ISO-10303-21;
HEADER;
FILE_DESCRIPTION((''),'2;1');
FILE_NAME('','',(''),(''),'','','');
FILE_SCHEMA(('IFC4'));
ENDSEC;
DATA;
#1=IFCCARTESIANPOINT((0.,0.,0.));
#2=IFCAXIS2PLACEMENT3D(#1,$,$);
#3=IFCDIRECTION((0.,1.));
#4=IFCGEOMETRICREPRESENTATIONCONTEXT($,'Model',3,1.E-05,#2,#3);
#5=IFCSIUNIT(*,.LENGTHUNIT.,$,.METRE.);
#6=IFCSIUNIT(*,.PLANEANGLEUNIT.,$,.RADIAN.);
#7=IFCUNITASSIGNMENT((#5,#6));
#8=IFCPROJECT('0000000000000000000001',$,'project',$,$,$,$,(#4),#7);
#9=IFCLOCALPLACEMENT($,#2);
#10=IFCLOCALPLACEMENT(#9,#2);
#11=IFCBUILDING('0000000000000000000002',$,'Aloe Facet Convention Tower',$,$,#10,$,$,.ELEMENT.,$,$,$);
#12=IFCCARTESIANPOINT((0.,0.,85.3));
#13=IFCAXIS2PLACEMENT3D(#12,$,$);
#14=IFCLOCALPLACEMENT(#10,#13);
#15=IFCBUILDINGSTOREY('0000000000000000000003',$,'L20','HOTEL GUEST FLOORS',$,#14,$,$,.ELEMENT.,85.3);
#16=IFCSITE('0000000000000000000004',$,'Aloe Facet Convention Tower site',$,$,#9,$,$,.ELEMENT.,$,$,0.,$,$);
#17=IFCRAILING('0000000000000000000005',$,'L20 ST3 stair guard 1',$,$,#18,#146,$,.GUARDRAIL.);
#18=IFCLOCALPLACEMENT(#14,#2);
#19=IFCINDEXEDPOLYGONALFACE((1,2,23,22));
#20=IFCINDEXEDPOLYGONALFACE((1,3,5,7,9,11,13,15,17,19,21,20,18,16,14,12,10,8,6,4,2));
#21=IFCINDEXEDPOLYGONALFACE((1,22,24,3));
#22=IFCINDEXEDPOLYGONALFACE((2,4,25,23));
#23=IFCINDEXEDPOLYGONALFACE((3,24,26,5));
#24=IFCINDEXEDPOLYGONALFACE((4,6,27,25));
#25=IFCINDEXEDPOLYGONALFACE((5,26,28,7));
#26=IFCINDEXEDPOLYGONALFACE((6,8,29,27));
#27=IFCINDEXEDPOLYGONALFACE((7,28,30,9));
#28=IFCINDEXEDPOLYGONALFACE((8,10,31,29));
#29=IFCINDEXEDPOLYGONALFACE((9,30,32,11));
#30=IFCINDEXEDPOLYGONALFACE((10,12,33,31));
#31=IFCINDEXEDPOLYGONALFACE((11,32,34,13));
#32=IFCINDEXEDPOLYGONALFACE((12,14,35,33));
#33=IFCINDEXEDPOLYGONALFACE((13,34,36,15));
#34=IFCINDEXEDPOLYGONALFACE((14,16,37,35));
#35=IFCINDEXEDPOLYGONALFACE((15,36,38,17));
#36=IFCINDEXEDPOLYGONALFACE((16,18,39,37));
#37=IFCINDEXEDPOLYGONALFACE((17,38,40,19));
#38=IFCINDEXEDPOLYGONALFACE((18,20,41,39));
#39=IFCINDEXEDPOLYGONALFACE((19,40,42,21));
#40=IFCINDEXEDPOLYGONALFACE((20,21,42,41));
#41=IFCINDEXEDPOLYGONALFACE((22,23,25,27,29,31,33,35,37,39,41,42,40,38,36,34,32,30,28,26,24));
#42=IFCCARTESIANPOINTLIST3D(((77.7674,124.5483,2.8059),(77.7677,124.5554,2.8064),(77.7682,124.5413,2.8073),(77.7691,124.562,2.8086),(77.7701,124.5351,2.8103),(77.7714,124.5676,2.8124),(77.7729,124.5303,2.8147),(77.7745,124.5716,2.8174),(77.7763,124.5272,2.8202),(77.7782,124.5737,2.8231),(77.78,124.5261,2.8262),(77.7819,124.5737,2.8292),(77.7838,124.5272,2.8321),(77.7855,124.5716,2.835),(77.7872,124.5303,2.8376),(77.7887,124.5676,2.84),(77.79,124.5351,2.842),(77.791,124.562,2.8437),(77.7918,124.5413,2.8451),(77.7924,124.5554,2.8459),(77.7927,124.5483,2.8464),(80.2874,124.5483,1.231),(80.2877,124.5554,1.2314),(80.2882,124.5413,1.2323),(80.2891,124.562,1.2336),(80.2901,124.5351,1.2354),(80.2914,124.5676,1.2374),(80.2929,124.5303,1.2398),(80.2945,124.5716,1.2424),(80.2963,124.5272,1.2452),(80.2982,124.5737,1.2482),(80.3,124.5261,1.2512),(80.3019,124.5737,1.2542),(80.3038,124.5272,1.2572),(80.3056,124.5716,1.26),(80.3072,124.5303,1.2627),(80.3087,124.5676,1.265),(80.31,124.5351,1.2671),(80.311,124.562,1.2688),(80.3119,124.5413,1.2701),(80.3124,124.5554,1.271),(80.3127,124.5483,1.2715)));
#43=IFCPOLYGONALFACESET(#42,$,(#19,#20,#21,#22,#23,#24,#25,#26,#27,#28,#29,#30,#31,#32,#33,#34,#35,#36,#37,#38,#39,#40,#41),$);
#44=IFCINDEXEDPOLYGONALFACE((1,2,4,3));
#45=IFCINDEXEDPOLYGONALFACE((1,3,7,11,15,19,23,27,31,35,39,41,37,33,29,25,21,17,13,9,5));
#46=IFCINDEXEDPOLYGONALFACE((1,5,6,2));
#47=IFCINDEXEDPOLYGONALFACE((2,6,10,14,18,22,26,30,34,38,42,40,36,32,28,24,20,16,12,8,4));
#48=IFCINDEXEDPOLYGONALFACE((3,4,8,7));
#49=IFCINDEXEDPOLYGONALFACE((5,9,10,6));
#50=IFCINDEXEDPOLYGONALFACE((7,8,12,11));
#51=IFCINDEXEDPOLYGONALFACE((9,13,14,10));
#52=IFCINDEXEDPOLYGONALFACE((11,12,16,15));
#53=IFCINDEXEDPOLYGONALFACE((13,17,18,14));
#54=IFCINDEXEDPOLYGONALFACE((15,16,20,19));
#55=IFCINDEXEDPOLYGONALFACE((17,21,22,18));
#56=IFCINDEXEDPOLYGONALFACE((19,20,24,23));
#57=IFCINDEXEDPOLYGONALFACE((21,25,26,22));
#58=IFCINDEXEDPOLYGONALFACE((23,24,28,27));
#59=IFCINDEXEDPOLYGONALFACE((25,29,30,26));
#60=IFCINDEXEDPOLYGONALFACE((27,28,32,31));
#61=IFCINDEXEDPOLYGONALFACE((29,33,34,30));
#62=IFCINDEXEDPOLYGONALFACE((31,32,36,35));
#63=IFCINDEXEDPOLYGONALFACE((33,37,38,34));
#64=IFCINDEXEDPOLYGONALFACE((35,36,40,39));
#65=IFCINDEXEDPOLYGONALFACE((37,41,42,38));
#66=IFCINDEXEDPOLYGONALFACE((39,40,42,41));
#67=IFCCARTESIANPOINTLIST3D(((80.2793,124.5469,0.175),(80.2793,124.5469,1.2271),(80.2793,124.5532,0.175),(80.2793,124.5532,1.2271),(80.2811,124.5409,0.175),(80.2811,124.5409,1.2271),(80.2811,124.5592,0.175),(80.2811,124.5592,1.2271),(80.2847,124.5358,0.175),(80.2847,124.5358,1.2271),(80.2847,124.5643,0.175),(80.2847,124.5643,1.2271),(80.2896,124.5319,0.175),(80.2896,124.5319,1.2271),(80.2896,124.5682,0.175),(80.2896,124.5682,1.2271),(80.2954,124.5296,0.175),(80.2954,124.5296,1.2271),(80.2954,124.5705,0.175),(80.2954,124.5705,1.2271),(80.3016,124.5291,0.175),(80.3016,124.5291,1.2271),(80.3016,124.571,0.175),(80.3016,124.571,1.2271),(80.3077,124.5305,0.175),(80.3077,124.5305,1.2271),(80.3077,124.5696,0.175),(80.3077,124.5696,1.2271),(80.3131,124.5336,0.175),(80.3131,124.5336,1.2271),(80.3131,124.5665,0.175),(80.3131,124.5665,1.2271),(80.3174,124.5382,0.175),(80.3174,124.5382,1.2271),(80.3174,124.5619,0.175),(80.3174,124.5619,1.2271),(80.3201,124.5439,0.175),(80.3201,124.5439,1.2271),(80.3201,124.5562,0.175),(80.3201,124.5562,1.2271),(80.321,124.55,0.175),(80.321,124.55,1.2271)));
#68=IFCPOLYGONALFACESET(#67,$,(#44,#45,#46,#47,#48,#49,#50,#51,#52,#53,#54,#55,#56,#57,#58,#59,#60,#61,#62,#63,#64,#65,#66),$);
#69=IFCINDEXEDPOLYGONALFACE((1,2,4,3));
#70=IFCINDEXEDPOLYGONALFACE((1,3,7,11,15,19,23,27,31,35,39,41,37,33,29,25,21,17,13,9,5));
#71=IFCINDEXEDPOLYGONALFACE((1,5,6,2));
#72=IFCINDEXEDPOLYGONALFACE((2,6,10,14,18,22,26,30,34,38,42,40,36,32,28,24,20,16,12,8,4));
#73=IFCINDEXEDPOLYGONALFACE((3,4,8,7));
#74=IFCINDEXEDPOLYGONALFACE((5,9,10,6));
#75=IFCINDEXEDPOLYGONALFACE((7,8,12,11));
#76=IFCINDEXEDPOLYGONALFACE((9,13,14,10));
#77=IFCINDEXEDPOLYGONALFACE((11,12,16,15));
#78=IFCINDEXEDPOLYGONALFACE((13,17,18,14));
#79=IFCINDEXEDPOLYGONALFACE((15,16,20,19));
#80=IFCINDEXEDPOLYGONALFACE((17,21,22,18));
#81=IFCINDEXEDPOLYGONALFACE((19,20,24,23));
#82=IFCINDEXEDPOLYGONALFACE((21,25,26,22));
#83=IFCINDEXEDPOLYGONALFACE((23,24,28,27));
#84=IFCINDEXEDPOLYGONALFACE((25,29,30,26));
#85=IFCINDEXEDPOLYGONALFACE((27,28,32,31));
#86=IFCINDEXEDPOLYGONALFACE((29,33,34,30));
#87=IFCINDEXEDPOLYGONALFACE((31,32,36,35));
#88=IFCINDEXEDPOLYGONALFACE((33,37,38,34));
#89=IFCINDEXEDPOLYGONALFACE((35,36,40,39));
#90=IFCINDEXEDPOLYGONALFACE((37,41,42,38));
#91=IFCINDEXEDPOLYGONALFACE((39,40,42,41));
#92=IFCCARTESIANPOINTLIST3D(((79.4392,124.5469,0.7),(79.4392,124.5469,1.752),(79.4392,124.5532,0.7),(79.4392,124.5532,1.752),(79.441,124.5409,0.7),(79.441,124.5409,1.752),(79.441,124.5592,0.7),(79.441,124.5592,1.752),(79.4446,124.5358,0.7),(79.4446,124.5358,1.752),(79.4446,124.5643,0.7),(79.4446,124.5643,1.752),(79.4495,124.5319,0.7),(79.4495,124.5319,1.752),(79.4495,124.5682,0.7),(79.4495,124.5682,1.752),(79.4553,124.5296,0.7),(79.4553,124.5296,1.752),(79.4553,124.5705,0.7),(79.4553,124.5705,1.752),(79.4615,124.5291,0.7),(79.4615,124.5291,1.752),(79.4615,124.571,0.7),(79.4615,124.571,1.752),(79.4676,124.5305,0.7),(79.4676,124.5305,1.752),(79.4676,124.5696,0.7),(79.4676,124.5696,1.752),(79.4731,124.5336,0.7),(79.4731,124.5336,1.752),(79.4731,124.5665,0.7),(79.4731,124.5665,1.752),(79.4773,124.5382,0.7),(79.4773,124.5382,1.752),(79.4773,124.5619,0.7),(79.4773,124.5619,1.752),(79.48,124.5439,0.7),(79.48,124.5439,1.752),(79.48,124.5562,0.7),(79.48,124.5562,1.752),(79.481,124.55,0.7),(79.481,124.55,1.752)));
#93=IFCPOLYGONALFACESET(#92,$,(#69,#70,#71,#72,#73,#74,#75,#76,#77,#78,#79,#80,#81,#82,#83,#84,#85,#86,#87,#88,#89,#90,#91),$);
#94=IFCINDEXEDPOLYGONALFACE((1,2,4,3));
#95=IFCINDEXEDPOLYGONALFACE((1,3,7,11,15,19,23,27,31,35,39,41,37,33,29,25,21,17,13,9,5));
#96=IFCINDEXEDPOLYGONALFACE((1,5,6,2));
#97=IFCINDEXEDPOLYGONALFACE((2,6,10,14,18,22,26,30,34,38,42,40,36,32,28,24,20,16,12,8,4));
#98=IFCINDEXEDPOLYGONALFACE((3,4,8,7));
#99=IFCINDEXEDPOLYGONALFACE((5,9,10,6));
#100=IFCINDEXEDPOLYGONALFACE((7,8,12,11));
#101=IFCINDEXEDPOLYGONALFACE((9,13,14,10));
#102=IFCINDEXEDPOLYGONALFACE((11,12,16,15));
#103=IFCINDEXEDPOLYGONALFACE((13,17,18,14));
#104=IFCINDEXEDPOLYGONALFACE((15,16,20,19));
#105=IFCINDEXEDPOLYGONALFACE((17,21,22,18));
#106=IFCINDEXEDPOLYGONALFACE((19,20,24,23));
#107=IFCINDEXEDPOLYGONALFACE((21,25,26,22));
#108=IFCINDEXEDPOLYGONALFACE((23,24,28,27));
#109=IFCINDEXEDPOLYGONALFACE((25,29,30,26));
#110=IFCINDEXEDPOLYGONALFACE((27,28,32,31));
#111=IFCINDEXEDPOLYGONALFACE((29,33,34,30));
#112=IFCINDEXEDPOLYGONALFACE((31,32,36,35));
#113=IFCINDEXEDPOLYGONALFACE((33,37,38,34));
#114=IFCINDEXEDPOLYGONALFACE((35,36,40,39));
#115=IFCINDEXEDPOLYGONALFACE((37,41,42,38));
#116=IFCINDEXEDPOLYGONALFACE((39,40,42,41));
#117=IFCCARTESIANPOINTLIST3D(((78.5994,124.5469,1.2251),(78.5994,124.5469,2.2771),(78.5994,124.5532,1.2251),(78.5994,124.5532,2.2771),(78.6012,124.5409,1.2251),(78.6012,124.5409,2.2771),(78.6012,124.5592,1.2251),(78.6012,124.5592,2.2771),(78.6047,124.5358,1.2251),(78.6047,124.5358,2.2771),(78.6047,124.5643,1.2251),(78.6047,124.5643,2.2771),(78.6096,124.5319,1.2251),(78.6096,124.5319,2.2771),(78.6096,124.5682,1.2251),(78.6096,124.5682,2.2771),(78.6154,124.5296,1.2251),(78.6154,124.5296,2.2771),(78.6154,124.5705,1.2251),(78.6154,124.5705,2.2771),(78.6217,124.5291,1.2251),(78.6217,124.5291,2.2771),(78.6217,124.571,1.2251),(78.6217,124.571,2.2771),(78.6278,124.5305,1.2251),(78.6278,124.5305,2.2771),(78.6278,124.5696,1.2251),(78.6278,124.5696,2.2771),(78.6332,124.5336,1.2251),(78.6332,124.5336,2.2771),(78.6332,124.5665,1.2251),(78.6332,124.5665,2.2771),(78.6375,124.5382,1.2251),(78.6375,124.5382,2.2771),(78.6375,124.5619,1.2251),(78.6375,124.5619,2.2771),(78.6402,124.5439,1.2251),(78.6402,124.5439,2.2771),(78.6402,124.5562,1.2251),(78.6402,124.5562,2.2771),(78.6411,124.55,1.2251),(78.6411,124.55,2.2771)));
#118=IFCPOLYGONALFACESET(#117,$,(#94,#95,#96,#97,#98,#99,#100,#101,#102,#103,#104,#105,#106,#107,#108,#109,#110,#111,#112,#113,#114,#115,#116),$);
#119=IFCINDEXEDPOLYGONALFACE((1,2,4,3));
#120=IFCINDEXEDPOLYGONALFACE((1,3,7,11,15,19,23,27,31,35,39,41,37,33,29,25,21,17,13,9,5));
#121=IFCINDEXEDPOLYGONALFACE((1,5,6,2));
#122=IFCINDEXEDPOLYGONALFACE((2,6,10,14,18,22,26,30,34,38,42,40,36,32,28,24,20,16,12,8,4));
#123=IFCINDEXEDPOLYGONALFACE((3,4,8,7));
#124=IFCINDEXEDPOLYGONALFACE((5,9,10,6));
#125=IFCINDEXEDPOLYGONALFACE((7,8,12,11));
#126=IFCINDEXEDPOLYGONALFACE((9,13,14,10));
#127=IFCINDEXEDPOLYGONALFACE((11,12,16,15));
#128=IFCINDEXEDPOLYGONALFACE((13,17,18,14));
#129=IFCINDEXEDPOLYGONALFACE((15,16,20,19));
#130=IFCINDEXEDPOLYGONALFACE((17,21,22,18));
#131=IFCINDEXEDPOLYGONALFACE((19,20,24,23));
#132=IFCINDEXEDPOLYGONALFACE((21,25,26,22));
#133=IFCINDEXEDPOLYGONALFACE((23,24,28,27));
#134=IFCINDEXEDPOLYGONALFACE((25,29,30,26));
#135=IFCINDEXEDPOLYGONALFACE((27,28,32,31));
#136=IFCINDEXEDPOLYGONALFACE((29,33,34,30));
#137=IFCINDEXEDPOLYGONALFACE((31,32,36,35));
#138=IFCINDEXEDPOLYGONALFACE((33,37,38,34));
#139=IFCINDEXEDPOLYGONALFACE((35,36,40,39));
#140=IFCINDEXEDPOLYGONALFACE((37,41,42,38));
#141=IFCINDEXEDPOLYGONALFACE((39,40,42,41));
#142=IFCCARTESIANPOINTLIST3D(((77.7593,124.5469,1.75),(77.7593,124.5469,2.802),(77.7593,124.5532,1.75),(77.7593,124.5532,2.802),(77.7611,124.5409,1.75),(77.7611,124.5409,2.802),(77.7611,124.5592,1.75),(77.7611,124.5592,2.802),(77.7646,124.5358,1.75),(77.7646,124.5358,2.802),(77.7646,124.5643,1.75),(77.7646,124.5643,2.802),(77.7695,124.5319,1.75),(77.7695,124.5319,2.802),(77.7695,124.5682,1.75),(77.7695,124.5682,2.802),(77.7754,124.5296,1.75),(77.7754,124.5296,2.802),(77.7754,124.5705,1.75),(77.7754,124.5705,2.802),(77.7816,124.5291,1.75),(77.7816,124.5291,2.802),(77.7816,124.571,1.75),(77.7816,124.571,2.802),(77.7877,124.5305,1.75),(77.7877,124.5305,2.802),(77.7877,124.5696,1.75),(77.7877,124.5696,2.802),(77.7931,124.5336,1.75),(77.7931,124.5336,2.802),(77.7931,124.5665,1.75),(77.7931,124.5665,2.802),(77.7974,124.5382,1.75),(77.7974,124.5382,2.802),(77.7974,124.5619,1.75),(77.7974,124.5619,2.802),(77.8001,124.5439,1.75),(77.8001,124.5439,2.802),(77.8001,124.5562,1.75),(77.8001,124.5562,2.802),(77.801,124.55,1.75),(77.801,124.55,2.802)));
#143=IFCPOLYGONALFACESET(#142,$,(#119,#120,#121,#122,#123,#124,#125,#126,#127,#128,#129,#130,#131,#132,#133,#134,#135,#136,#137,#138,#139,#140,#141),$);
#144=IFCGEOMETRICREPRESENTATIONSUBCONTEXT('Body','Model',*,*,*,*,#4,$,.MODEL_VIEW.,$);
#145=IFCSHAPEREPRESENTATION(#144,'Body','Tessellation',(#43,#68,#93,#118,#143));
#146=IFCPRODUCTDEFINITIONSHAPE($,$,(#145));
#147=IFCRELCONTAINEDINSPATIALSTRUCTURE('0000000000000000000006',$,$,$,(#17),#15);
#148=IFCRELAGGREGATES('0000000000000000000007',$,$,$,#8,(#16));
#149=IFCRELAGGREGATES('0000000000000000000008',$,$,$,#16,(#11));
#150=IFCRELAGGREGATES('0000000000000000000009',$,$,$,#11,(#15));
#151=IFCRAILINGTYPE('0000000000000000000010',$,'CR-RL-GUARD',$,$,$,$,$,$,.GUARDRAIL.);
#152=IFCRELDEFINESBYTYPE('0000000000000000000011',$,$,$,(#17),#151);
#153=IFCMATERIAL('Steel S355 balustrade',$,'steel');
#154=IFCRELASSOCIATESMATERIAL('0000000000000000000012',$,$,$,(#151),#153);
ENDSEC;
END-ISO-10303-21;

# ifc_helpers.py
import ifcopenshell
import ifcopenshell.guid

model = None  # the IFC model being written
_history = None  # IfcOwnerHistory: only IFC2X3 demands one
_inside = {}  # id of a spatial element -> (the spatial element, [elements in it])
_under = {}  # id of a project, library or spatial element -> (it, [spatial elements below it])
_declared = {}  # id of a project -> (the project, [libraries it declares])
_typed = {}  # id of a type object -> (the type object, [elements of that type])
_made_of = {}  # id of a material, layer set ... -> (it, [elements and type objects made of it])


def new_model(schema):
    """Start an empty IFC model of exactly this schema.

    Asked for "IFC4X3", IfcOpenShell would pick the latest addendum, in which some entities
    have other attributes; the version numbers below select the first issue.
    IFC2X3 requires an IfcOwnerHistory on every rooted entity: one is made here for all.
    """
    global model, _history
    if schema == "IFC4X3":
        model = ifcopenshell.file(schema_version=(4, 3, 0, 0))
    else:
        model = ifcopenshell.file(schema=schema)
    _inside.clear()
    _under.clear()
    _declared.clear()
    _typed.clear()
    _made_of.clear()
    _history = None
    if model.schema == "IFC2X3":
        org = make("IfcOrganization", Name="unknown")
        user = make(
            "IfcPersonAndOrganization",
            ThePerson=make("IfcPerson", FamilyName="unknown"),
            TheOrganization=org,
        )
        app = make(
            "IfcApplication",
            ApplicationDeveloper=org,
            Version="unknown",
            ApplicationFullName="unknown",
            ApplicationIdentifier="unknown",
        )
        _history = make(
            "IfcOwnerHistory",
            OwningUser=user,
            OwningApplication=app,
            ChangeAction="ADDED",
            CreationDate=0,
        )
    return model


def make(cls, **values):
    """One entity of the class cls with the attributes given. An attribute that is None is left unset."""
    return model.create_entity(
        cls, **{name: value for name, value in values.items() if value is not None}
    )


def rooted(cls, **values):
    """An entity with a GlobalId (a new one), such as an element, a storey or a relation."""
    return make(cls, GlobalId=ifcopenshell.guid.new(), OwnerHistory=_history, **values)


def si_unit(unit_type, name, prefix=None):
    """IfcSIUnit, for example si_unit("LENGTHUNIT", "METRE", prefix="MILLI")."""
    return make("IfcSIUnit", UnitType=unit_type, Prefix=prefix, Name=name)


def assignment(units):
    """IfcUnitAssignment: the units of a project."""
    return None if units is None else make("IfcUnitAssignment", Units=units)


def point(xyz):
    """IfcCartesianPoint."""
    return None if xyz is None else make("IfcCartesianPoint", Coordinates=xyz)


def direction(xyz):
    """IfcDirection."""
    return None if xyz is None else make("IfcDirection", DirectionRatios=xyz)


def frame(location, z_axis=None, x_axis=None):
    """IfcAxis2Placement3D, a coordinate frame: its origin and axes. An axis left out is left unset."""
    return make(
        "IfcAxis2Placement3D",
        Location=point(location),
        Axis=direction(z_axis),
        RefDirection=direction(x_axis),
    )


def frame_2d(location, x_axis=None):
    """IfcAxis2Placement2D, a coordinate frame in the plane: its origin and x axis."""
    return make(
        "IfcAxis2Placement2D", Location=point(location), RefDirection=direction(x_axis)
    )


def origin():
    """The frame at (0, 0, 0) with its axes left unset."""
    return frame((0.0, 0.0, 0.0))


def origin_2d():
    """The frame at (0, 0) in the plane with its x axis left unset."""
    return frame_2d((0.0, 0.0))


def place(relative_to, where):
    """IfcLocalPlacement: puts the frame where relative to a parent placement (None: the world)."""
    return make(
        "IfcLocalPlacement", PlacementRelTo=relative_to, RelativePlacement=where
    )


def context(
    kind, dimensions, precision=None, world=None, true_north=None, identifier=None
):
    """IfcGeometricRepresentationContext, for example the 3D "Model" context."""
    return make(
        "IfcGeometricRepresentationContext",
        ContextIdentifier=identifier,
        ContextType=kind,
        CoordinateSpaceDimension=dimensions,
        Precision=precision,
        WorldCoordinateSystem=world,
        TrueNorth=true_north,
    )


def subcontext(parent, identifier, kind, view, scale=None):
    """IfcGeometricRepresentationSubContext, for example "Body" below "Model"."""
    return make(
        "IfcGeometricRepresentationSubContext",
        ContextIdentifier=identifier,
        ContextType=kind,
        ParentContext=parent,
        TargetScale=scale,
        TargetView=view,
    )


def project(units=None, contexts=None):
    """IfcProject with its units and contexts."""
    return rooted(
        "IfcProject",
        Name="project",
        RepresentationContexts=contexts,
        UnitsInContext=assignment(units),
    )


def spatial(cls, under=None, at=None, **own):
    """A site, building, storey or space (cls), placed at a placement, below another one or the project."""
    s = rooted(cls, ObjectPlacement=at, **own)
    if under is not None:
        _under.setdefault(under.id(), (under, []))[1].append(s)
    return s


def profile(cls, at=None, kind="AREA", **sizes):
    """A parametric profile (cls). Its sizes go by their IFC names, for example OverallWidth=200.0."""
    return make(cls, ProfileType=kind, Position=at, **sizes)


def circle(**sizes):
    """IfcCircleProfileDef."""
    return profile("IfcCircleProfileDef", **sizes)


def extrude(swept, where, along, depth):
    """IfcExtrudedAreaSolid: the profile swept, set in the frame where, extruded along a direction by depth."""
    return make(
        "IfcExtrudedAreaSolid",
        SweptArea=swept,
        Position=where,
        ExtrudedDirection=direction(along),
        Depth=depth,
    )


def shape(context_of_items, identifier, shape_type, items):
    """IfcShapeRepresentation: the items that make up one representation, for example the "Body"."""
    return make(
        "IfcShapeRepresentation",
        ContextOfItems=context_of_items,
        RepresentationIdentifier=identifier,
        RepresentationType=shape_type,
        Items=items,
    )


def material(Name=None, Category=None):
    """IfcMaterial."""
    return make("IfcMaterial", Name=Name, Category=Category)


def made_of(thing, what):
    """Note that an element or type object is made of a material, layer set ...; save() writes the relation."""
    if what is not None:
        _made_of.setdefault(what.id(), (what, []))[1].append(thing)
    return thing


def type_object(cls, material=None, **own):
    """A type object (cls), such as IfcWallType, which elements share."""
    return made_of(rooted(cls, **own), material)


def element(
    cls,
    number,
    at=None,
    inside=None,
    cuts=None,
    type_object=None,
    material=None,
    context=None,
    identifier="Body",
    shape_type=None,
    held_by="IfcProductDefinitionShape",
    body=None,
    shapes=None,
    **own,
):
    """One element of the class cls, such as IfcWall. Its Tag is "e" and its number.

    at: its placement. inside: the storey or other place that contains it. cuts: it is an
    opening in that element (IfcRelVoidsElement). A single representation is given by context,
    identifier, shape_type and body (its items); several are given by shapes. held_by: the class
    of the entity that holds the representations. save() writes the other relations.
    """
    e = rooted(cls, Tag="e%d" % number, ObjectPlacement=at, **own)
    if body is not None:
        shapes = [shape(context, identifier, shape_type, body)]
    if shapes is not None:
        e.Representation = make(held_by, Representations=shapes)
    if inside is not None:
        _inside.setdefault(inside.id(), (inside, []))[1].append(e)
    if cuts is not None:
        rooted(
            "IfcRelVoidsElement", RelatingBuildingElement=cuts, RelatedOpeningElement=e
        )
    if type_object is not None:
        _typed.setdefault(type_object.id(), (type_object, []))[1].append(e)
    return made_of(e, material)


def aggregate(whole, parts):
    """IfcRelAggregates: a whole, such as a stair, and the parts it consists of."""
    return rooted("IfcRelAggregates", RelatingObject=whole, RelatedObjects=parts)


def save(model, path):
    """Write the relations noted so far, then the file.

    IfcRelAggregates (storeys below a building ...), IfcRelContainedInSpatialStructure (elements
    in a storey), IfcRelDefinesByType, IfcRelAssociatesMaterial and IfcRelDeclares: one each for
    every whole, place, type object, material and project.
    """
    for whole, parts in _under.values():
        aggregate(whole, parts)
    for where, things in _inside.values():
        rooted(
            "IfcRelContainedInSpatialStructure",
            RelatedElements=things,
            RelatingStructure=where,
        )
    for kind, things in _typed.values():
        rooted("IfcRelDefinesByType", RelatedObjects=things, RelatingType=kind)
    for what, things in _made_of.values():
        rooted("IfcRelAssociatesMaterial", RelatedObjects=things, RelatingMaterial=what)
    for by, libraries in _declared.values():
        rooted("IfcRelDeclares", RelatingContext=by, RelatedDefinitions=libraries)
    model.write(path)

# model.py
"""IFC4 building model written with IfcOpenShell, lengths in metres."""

from ifc_helpers import new_model, si_unit, direction, frame, origin, origin_2d, place, context, subcontext, project, spatial, circle, extrude, material, type_object, element, save


model = new_model("IFC4")

# Units and contexts
model_context = context("Model", 3, precision=1e-05, world=origin(), true_north=direction((0.0, 1.0)))
body_context = subcontext(model_context, "Body", "Model", "MODEL_VIEW")
ifc_project = project(units=[si_unit("LENGTHUNIT", "METRE"), si_unit("PLANEANGLEUNIT", "RADIAN")], contexts=[model_context])

# Site, building, storey
site_placement = place(None, origin())
site = spatial("IfcSite", under=ifc_project, at=site_placement, Name="Aloe Facet Convention Tower site", CompositionType="ELEMENT", RefElevation=0.0)
building_placement = place(site_placement, origin())
building = spatial("IfcBuilding", under=site, at=building_placement, Name="Aloe Facet Convention Tower", CompositionType="ELEMENT")
storey_placement = place(building_placement, frame((0.0, 0.0, 85.3)))
storey = spatial("IfcBuildingStorey", under=building, at=storey_placement, Name="L20", Description="HOTEL GUEST FLOORS", CompositionType="ELEMENT", Elevation=85.3)

# Railing
ifc_material_1 = material(Name="Steel S355 balustrade", Category="steel")
railing_type_1 = type_object("IfcRailingType", Name="CR-RL-GUARD", PredefinedType="GUARDRAIL", material=ifc_material_1)
railing_1_placement = place(storey_placement, frame((80.3, 124.55, 0.175)))
element("IfcRailing", 1, at=railing_1_placement, inside=storey, type_object=railing_type_1, Name="L20 ST3 stair guard 1", PredefinedType="GUARDRAIL", context=body_context, shape_type="SweptSolid", body=[
    extrude(circle(Radius=0.0239, at=origin_2d()), frame((0.0, 0.0, 1.0762), z_axis=(-0.848008, 0.0, 0.529984), x_axis=(0.0, -1.0, 0.0)), (0.0, 0.0, 1.0), 2.9717),
    extrude(circle(Radius=0.021, at=origin_2d()), origin(), (0.0, 0.0, 1.0), 1.052),
    extrude(circle(Radius=0.021, at=origin_2d()), frame((-0.8401, 0.0, 0.5249)), (0.0, 0.0, 1.0), 1.052),
    extrude(circle(Radius=0.021, at=origin_2d()), frame((-1.6799, 0.0, 1.05)), (0.0, 0.0, 1.0), 1.052),
    extrude(circle(Radius=0.021, at=origin_2d()), frame((-2.52, 0.0, 1.575)), (0.0, 0.0, 1.0), 1.052),
])

save(model, "model.ifc")
